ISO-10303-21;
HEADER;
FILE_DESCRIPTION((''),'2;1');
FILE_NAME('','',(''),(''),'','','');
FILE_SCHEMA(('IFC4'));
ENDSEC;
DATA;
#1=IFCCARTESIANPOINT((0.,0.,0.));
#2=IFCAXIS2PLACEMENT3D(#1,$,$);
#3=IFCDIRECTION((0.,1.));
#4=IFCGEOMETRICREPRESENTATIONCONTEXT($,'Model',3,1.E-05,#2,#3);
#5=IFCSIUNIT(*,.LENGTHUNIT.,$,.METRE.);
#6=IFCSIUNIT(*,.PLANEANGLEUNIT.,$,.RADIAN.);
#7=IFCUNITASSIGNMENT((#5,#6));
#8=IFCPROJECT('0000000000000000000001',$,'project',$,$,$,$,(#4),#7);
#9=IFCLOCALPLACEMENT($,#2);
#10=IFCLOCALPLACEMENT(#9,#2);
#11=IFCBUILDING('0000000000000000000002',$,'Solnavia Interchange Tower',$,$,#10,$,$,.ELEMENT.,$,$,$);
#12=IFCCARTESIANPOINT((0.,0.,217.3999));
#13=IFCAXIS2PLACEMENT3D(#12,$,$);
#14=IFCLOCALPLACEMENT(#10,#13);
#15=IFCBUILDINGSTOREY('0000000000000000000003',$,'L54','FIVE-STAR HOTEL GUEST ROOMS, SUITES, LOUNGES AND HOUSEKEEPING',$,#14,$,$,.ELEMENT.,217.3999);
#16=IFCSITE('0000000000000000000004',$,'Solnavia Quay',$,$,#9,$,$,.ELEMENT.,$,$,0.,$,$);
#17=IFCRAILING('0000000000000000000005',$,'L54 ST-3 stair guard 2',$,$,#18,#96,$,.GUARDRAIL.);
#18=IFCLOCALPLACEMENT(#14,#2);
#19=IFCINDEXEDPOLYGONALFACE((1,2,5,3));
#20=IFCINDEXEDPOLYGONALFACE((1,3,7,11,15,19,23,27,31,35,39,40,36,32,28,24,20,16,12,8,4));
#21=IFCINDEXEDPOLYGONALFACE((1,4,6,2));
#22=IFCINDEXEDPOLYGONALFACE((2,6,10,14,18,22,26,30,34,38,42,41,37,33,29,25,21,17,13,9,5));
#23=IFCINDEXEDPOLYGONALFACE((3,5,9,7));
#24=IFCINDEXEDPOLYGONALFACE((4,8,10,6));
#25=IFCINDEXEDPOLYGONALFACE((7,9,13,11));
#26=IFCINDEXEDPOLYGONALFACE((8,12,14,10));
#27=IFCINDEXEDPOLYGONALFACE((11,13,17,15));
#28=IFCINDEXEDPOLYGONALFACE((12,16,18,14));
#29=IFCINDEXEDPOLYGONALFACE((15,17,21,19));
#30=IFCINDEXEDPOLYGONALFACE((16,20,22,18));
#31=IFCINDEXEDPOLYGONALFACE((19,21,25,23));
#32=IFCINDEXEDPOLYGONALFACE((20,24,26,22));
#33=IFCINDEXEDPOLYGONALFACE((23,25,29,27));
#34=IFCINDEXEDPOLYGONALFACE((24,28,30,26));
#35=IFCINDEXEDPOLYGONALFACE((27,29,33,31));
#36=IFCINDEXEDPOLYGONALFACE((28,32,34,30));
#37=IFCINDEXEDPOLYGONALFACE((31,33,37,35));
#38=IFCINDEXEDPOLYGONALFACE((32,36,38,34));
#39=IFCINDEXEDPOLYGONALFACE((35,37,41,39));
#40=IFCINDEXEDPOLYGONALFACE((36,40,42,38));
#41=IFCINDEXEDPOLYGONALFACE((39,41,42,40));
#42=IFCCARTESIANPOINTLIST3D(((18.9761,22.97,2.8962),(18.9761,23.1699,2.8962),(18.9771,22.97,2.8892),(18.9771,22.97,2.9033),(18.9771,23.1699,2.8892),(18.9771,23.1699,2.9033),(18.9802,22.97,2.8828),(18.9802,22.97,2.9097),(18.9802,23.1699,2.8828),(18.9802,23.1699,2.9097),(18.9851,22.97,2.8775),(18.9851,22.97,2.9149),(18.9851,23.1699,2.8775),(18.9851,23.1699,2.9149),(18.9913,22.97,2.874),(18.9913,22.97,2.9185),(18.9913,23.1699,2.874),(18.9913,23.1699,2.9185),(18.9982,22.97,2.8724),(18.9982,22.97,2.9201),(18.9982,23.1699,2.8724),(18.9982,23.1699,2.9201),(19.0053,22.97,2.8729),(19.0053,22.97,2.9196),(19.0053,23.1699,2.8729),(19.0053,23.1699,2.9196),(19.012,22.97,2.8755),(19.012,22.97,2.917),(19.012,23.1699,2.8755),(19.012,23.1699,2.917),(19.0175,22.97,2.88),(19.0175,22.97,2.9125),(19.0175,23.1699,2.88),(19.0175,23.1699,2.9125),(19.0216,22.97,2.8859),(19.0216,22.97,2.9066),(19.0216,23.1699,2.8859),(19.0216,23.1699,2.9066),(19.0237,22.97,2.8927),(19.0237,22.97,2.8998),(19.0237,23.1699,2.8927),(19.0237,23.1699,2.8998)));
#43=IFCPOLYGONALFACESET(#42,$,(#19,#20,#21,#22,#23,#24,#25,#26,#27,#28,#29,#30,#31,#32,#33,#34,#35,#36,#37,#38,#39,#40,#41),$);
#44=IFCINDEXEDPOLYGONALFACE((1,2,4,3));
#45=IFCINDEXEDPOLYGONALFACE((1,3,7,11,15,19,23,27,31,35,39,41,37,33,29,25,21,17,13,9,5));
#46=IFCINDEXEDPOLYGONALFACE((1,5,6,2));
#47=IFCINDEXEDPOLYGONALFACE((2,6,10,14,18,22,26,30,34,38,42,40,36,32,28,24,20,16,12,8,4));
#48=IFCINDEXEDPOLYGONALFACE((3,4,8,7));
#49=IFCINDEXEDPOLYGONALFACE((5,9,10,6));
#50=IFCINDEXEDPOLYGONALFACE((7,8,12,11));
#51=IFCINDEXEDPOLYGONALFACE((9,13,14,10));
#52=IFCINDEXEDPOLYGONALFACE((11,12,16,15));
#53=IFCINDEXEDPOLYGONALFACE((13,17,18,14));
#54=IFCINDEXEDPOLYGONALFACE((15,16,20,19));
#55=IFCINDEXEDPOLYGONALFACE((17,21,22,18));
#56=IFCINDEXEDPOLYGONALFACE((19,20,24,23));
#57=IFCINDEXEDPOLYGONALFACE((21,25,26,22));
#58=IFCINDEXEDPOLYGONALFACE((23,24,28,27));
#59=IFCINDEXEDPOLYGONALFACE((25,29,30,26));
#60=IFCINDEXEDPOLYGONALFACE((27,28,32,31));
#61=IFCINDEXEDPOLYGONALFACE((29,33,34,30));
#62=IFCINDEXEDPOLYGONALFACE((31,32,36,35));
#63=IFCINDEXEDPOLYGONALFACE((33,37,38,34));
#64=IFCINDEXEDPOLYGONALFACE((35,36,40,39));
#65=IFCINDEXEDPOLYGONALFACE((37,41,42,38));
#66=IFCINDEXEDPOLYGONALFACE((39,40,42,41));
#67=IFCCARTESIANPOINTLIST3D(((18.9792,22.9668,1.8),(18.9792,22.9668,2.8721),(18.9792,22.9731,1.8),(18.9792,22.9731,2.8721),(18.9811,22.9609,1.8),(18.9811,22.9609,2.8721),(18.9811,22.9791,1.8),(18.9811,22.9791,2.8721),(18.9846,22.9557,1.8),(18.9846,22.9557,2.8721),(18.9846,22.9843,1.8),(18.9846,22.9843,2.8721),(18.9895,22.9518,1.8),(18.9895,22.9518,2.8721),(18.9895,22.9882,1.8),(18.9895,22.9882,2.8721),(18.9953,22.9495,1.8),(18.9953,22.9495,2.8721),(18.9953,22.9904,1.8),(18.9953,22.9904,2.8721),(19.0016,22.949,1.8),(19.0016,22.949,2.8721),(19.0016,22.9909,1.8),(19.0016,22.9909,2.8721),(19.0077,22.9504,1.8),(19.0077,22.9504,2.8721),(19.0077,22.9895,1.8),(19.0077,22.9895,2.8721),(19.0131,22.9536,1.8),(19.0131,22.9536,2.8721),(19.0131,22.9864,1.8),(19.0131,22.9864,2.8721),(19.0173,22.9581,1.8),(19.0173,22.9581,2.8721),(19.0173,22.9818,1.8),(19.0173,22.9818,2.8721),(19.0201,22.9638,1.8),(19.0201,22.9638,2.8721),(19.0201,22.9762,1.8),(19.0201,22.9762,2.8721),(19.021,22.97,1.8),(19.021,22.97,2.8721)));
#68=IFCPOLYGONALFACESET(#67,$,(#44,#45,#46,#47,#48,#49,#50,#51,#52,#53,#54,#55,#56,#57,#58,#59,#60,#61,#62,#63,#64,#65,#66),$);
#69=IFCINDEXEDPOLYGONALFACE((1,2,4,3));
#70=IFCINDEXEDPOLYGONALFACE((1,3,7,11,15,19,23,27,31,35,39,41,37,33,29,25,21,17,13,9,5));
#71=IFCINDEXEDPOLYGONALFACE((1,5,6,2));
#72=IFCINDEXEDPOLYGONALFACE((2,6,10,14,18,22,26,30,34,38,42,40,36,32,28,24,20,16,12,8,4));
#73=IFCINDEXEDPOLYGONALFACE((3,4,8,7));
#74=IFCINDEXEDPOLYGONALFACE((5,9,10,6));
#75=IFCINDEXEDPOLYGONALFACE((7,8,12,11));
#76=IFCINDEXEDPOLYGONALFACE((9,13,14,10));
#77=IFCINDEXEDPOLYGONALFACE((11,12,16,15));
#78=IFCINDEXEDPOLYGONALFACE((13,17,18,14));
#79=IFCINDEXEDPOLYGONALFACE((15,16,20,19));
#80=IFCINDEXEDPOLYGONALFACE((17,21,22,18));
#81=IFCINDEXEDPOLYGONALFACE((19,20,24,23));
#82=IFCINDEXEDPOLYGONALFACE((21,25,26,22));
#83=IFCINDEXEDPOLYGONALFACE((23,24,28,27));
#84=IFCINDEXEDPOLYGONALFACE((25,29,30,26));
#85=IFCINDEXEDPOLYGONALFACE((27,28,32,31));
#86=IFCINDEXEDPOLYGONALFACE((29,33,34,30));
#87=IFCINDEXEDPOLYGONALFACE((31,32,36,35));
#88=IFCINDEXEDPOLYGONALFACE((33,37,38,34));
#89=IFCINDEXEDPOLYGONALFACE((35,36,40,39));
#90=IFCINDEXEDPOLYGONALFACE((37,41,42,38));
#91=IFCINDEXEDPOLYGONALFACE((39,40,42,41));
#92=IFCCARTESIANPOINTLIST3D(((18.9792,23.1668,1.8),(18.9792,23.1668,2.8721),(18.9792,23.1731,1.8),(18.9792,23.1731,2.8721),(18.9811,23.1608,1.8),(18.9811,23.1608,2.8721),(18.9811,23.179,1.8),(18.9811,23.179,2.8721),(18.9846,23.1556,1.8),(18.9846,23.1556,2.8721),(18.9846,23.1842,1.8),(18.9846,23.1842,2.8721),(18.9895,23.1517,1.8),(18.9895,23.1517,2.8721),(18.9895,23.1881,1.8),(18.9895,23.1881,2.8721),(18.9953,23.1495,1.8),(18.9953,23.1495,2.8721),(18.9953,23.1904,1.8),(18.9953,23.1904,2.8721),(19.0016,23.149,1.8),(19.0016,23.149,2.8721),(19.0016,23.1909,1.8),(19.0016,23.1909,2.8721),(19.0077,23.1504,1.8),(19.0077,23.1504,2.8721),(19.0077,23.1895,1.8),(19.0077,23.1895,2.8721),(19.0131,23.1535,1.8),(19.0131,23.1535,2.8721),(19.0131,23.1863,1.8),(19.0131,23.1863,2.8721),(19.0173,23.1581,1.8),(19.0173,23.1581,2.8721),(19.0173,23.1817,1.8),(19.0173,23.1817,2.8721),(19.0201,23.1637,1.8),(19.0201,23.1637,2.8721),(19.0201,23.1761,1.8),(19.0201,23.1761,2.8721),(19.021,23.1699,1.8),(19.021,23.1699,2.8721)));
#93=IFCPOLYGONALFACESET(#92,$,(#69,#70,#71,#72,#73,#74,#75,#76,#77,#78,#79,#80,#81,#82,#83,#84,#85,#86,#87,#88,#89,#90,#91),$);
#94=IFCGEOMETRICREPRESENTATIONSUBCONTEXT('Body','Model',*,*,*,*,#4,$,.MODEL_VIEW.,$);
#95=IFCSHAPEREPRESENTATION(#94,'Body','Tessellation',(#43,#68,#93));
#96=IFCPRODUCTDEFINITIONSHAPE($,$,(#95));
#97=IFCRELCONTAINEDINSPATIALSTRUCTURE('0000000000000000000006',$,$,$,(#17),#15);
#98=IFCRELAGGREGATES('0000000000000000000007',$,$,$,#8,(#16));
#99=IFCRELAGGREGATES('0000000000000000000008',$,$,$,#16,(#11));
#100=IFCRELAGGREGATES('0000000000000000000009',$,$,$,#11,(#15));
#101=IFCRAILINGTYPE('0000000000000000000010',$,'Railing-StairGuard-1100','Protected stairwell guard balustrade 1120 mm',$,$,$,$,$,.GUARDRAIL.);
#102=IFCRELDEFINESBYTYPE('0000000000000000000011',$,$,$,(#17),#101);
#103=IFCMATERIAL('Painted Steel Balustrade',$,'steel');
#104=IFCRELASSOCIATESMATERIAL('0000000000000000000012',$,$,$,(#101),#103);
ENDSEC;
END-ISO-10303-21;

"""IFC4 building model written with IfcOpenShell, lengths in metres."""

from ifc_helpers import new_model, si_unit, direction, frame, origin, origin_2d, place, context, subcontext, project, spatial, circle, extrude, material, type_object, element, save


model = new_model("IFC4")

# Units and contexts
model_context = context("Model", 3, precision=1e-05, world=origin(), true_north=direction((0.0, 1.0)))
body_context = subcontext(model_context, "Body", "Model", "MODEL_VIEW")
ifc_project = project(units=[si_unit("LENGTHUNIT", "METRE"), si_unit("PLANEANGLEUNIT", "RADIAN")], contexts=[model_context])

# Site, building, storey
site_placement = place(None, origin())
site = spatial("IfcSite", under=ifc_project, at=site_placement, Name="Solnavia Quay", CompositionType="ELEMENT", RefElevation=0.0)
building_placement = place(site_placement, origin())
building = spatial("IfcBuilding", under=site, at=building_placement, Name="Solnavia Interchange Tower", CompositionType="ELEMENT")
storey_placement = place(building_placement, frame((0.0, 0.0, 217.3999)))
storey = spatial("IfcBuildingStorey", under=building, at=storey_placement, Name="L54", Description="FIVE-STAR HOTEL GUEST ROOMS, SUITES, LOUNGES AND HOUSEKEEPING", CompositionType="ELEMENT", Elevation=217.3999)

# Railing
ifc_material_1 = material(Name="Painted Steel Balustrade", Category="steel")
railing_type_1 = type_object("IfcRailingType", Name="Railing-StairGuard-1100", Description="Protected stairwell guard balustrade 1120 mm", PredefinedType="GUARDRAIL", material=ifc_material_1)
railing_1_placement = place(storey_placement, frame((19.0, 22.97, 1.8)))
element("IfcRailing", 1, at=railing_1_placement, inside=storey, type_object=railing_type_1, Name="L54 ST-3 stair guard 2", PredefinedType="GUARDRAIL", context=body_context, shape_type="SweptSolid", body=[
    extrude(circle(Radius=0.0239, at=origin_2d()), frame((0.0, 0.0, 1.0962), z_axis=(0.0, 1.0, 0.0), x_axis=(-1.0, 0.0, 0.0)), (0.0, 0.0, 1.0), 0.2),
    extrude(circle(Radius=0.021, at=origin_2d()), origin(), (0.0, 0.0, 1.0), 1.072),
    extrude(circle(Radius=0.021, at=origin_2d()), frame((0.0, 0.2, 0.0)), (0.0, 0.0, 1.0), 1.072),
])

save(model, "model.ifc")
